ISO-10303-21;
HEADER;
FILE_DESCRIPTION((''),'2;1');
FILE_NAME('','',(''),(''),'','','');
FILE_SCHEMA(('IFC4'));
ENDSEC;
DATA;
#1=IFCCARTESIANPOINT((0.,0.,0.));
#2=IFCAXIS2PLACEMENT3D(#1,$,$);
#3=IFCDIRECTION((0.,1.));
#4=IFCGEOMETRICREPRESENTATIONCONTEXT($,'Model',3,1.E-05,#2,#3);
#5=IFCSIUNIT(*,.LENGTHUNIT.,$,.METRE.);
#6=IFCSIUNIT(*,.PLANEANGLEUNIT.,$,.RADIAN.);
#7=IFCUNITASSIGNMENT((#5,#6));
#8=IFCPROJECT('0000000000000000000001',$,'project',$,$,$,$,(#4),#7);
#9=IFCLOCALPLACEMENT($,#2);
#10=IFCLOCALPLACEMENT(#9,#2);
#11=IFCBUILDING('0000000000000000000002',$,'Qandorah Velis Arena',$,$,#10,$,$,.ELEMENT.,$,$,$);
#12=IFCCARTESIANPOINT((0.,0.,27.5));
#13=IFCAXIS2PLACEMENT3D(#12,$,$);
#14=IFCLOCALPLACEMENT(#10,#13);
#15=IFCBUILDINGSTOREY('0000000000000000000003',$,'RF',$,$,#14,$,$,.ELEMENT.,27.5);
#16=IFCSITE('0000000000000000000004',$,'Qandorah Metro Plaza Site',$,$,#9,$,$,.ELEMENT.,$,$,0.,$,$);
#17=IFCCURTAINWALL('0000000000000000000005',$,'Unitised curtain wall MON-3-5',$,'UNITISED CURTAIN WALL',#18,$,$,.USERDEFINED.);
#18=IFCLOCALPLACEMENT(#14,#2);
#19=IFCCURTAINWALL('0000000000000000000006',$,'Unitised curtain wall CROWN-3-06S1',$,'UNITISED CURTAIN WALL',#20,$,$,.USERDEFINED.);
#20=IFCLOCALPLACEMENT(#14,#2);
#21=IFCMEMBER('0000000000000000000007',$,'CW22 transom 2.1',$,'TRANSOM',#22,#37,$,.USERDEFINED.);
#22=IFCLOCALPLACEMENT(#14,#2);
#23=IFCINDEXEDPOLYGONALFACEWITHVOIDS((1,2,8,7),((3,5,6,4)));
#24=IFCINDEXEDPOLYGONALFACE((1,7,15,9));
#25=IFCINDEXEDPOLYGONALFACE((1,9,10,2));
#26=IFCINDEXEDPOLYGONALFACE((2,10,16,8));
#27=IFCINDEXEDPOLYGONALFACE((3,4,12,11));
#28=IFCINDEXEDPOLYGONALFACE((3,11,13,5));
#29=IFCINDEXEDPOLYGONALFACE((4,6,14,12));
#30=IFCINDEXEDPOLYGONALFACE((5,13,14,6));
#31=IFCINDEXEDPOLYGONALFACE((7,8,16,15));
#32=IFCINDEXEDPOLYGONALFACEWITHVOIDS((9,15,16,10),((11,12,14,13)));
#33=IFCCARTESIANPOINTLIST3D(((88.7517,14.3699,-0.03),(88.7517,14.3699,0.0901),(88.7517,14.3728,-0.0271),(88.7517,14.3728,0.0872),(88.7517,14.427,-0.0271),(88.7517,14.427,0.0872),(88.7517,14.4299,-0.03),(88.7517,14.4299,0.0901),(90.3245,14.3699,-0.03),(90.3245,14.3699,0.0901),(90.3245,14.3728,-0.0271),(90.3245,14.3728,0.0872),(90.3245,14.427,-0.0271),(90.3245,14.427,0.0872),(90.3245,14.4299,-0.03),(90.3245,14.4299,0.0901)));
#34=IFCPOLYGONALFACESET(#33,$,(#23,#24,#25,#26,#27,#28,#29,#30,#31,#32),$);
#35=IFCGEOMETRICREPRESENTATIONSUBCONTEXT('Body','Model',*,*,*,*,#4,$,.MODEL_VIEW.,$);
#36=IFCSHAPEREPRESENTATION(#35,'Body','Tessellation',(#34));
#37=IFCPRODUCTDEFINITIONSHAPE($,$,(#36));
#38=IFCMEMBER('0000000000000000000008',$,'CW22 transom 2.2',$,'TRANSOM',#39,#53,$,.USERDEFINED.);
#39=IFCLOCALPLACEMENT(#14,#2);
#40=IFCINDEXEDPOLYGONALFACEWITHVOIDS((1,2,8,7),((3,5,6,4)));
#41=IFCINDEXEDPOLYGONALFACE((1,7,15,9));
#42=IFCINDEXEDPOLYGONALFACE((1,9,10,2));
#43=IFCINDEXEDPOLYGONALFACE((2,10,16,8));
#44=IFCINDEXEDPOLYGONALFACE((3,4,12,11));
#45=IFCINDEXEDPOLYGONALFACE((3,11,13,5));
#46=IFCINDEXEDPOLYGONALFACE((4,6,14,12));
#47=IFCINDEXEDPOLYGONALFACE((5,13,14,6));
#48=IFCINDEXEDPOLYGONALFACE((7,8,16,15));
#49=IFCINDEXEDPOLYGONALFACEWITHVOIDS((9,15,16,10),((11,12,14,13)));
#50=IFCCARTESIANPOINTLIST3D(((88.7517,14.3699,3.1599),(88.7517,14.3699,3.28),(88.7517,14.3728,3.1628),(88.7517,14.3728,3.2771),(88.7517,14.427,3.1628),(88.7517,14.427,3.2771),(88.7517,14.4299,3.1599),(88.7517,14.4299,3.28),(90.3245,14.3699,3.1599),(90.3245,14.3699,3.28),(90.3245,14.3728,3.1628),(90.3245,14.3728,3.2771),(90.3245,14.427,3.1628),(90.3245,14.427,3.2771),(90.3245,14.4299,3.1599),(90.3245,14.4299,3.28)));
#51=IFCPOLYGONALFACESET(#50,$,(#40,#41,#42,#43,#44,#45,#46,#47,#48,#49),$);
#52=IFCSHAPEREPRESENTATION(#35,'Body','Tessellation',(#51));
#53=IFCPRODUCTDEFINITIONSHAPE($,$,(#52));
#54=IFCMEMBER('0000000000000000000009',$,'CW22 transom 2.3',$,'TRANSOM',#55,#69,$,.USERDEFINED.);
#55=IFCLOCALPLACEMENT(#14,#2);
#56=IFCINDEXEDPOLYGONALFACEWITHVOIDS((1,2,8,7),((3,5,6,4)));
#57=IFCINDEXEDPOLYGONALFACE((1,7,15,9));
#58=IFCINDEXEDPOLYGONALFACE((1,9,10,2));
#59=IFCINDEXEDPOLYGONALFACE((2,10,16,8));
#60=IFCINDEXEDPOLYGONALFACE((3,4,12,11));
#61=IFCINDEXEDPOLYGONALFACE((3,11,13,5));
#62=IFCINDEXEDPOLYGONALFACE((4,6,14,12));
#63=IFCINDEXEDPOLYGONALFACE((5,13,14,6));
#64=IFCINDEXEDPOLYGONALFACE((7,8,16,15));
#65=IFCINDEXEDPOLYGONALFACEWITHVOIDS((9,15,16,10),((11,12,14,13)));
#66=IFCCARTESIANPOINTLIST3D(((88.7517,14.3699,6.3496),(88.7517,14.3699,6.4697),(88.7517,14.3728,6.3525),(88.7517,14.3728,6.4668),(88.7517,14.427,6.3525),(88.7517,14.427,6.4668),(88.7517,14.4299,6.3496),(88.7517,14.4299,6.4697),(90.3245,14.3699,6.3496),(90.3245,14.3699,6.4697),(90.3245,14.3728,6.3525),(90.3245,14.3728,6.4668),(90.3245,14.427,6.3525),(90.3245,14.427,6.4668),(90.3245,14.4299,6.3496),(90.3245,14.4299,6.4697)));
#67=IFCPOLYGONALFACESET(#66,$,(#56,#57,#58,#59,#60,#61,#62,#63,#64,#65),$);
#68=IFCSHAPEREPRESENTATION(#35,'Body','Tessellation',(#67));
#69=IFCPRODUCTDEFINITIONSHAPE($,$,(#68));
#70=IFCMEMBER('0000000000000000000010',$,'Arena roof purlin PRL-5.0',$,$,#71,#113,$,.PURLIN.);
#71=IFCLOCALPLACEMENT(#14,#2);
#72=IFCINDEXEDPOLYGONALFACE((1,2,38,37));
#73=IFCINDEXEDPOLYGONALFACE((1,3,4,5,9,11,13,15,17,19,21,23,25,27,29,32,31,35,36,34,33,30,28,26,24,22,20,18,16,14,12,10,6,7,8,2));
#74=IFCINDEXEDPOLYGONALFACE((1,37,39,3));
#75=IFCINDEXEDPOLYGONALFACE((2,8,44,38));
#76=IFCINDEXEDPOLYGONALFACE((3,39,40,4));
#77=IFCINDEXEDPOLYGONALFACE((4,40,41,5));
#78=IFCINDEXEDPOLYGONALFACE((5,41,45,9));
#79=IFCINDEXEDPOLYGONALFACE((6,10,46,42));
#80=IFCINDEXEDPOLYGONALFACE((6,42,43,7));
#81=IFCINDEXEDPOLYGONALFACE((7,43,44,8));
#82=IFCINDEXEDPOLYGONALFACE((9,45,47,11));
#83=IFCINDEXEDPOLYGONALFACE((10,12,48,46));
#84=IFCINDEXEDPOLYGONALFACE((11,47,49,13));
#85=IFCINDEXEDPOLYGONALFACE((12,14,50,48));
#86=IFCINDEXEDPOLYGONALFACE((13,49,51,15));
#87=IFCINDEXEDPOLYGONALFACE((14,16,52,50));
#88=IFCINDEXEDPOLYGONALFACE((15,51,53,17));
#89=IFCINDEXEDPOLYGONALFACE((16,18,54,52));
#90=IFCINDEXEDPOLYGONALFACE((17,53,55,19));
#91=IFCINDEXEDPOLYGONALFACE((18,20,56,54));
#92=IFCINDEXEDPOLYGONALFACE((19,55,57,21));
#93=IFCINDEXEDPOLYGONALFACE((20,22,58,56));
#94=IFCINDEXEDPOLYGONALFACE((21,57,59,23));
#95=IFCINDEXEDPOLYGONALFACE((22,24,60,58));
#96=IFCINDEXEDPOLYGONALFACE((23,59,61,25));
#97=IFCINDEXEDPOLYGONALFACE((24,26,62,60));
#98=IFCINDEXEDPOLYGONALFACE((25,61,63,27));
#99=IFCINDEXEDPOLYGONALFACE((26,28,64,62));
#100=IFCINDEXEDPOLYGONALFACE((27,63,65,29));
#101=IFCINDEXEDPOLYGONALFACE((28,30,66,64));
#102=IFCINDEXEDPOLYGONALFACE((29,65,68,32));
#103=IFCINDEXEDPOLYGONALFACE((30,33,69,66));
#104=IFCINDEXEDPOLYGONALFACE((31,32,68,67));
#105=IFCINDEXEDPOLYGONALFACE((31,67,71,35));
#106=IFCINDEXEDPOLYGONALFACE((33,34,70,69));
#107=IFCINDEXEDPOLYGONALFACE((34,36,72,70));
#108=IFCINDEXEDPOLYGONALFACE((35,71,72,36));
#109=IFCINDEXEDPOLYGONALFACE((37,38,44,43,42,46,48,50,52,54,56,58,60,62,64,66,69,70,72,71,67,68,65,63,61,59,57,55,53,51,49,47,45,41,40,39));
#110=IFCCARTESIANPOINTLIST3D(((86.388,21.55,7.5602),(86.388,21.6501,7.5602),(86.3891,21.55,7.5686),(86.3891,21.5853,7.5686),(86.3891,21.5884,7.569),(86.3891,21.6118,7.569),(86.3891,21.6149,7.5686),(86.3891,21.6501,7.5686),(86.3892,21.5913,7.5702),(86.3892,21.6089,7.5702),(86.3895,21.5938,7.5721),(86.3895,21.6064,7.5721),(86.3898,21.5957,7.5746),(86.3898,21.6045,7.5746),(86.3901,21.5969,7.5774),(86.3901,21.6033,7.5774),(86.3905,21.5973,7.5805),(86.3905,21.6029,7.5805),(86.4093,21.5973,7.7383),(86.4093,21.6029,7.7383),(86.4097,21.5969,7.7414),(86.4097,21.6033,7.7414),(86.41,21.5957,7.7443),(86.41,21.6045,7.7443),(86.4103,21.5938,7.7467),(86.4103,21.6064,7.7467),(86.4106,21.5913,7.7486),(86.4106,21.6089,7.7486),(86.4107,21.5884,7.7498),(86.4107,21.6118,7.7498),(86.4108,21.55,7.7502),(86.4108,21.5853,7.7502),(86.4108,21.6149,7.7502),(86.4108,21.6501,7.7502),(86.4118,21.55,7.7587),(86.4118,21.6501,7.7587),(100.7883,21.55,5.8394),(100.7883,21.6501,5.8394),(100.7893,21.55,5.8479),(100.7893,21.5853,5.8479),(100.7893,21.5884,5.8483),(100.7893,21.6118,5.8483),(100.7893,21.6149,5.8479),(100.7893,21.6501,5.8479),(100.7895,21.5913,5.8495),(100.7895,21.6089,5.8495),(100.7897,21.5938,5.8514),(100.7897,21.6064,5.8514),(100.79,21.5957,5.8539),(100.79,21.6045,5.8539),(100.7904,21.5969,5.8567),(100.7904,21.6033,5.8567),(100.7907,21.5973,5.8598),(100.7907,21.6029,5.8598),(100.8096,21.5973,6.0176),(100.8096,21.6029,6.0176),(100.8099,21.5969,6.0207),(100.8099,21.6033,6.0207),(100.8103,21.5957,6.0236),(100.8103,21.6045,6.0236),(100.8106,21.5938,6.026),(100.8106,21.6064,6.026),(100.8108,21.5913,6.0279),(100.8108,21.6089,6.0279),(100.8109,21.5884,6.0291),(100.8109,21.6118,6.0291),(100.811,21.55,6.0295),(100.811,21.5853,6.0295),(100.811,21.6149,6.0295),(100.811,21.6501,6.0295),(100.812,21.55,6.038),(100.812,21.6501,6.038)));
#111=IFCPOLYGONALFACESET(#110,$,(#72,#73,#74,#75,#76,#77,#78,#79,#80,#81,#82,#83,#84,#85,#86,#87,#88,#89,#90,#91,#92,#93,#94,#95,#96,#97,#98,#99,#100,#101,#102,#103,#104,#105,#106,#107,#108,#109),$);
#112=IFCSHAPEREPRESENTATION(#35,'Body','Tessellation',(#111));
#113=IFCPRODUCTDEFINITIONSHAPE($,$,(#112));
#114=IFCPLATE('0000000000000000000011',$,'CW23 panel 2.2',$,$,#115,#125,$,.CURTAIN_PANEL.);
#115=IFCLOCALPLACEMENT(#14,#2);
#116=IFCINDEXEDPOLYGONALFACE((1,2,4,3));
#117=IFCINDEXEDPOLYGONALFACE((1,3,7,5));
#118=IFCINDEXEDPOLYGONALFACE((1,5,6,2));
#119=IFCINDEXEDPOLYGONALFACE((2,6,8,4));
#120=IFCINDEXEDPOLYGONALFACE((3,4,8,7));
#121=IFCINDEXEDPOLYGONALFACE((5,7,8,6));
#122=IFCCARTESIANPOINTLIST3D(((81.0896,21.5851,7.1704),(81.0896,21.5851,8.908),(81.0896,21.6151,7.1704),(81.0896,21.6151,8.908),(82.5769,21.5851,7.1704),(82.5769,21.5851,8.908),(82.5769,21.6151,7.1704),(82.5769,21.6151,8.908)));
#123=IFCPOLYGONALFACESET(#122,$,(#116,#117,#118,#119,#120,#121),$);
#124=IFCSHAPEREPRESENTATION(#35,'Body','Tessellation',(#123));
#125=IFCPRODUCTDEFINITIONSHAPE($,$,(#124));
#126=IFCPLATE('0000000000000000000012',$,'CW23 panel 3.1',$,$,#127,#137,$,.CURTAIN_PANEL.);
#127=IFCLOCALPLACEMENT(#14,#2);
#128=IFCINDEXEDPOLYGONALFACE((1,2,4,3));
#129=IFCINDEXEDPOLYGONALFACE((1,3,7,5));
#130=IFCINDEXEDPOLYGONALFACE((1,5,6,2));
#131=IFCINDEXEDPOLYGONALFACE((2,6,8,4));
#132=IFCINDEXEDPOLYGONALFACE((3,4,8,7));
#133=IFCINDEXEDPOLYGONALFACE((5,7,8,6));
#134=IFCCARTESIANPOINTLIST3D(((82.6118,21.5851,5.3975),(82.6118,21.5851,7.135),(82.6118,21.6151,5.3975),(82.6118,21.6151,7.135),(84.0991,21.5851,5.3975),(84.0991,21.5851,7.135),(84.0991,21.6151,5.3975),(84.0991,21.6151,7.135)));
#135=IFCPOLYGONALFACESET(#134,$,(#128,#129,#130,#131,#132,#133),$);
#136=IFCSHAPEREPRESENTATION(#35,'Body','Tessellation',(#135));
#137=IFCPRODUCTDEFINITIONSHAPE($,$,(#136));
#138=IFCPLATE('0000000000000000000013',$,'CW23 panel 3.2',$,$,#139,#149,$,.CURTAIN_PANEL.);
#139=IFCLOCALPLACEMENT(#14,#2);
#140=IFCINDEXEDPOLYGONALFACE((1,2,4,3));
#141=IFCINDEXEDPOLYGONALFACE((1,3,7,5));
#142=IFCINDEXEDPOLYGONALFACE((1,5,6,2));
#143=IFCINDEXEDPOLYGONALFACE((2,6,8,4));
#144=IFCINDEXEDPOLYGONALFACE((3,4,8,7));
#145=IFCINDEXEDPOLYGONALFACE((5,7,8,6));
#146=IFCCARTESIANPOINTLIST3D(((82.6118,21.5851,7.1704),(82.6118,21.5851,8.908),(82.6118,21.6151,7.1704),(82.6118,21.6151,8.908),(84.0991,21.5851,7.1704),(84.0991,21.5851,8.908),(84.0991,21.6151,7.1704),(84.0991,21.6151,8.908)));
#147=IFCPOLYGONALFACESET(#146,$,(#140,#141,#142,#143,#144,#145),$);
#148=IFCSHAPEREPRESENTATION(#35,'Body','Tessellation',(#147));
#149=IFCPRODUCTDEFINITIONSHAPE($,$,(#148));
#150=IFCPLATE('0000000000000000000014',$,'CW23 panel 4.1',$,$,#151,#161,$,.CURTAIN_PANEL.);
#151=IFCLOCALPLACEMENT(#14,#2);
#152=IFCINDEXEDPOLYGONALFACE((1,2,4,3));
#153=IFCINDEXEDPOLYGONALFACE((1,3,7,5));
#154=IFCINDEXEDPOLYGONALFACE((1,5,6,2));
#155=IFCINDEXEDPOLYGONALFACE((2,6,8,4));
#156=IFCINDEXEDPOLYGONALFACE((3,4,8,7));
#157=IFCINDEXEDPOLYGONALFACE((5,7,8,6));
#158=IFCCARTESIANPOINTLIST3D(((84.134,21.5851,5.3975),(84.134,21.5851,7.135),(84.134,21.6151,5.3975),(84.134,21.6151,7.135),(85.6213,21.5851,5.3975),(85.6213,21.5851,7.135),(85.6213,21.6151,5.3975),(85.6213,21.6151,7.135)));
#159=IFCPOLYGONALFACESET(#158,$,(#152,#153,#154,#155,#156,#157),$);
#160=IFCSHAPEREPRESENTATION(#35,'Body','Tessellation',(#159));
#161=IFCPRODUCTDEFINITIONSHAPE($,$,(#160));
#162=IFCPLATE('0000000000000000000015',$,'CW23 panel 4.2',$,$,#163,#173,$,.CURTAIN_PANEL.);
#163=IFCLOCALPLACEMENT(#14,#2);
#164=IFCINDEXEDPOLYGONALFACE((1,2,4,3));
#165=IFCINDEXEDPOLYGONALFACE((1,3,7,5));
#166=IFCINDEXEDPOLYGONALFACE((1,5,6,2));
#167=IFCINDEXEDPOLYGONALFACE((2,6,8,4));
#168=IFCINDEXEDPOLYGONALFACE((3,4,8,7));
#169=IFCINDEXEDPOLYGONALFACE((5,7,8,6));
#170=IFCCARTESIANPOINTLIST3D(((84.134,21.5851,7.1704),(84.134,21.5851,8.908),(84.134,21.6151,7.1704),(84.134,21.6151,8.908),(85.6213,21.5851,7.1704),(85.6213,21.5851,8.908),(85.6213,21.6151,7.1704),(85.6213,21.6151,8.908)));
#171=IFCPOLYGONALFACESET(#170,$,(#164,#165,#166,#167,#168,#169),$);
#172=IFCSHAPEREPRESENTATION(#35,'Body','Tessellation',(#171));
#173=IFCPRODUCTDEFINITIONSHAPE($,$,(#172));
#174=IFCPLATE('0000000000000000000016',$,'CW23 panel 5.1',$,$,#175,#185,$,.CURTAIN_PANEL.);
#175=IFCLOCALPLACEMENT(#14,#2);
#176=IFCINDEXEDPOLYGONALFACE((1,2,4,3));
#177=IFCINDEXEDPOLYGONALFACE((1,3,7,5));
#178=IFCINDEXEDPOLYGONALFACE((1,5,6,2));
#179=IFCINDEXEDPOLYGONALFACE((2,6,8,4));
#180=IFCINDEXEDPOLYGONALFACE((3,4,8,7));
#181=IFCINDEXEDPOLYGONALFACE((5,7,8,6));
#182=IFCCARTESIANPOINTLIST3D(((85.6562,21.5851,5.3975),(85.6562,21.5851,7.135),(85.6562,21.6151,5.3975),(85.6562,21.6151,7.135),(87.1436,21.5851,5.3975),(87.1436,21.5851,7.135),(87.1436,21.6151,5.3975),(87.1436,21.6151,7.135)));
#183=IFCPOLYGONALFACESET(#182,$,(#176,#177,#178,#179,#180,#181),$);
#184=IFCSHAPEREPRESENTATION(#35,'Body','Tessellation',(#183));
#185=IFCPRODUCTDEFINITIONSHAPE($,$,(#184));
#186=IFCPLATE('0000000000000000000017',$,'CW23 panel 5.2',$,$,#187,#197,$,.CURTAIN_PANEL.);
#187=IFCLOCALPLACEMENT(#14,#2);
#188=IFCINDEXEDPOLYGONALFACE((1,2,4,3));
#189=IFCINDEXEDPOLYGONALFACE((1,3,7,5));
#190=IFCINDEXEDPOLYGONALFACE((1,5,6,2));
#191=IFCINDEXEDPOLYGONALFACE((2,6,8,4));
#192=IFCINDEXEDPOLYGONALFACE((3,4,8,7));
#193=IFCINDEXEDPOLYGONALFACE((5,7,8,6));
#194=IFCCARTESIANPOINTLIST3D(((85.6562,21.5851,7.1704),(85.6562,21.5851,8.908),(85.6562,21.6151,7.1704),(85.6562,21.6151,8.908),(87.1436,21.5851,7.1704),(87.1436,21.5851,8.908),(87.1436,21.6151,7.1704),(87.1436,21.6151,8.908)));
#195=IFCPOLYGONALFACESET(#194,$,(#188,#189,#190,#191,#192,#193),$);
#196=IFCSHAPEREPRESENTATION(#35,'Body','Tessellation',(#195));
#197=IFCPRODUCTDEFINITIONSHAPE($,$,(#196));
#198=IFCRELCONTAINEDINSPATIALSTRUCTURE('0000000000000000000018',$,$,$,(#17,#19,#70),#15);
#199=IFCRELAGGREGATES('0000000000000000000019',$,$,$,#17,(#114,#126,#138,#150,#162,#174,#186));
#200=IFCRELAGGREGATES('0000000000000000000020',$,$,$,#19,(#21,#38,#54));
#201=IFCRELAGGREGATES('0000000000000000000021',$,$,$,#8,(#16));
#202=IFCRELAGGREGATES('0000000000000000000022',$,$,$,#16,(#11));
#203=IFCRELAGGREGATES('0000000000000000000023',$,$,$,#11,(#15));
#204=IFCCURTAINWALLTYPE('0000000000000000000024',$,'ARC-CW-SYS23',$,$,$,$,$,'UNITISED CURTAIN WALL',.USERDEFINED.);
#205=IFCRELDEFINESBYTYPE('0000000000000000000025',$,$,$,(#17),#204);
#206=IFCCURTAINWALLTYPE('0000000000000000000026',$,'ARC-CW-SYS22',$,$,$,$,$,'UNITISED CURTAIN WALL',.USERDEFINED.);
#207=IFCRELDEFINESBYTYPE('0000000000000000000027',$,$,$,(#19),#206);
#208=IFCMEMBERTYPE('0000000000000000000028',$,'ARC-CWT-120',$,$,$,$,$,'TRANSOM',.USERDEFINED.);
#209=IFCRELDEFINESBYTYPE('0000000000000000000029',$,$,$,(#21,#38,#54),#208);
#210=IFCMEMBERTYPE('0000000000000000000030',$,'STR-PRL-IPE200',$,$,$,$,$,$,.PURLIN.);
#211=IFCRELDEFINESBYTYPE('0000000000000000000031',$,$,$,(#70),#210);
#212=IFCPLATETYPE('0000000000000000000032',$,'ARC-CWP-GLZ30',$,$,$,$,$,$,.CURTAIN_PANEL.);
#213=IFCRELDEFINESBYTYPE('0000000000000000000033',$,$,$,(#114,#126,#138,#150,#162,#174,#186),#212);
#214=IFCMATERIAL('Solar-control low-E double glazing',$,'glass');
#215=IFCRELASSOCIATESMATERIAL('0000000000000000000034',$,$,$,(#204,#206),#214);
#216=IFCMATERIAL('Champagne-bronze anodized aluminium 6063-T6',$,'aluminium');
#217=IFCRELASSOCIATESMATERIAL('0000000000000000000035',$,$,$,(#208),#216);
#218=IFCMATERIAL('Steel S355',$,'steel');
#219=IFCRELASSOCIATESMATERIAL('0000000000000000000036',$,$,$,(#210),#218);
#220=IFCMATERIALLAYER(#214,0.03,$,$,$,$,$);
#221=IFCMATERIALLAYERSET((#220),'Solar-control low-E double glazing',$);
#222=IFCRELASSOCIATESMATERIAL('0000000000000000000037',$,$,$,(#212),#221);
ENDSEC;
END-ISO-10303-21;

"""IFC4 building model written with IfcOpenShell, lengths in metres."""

from ifc_helpers import new_model, si_unit, direction, frame, origin, origin_2d, place, context, subcontext, project, spatial, rectangle, hollow_rectangle, i_section, extrude, material, layer, layer_set, material_profile, profile_set, type_object, element, aggregate, save


model = new_model("IFC4")

# Units and contexts
model_context = context("Model", 3, precision=1e-05, world=origin(), true_north=direction((0.0, 1.0)))
body_context = subcontext(model_context, "Body", "Model", "MODEL_VIEW")
ifc_project = project(units=[si_unit("LENGTHUNIT", "METRE"), si_unit("PLANEANGLEUNIT", "RADIAN")], contexts=[model_context])

# Site, building, storey
site_placement = place(None, origin())
site = spatial("IfcSite", under=ifc_project, at=site_placement, Name="Qandorah Metro Plaza Site", CompositionType="ELEMENT", RefElevation=0.0)
building_placement = place(site_placement, origin())
building = spatial("IfcBuilding", under=site, at=building_placement, Name="Qandorah Velis Arena", CompositionType="ELEMENT")
storey_placement = place(building_placement, frame((0.0, 0.0, 27.5)))
storey = spatial("IfcBuildingStorey", under=building, at=storey_placement, Name="RF", CompositionType="ELEMENT", Elevation=27.5)

# Curtain wall
ifc_material_1 = material(Name="Solar-control low-E double glazing", Category="glass")
curtain_wall_type_1 = type_object("IfcCurtainWallType", Name="ARC-CW-SYS23", ElementType="UNITISED CURTAIN WALL", PredefinedType="USERDEFINED", material=ifc_material_1)
curtain_wall_1_placement = place(storey_placement, origin())
curtain_wall_1 = element("IfcCurtainWall", 1, at=curtain_wall_1_placement, inside=storey, type_object=curtain_wall_type_1, Name="Unitised curtain wall MON-3-5", ObjectType="UNITISED CURTAIN WALL", PredefinedType="USERDEFINED")
ifc_material_2 = material(Name="Champagne-bronze anodized aluminium 6063-T6", Category="aluminium")

# Curtain wall
curtain_wall_type_2 = type_object("IfcCurtainWallType", Name="ARC-CW-SYS22", ElementType="UNITISED CURTAIN WALL", PredefinedType="USERDEFINED", material=ifc_material_1)
curtain_wall_2_placement = place(storey_placement, origin())
curtain_wall_2 = element("IfcCurtainWall", 2, at=curtain_wall_2_placement, inside=storey, type_object=curtain_wall_type_2, Name="Unitised curtain wall CROWN-3-06S1", ObjectType="UNITISED CURTAIN WALL", PredefinedType="USERDEFINED")

# Members
ifc_material_profile_1 = material_profile(ifc_material_2, hollow_rectangle(XDim=0.0601, YDim=0.1201, WallThickness=0.0029, at=origin_2d()), Name="ALU TRANSOM 60x120")
ifc_profile_set_1 = profile_set([ifc_material_profile_1], Name="Champagne-bronze anodized aluminium 6063-T6")
member_type_1 = type_object("IfcMemberType", Name="ARC-CWT-120", ElementType="TRANSOM", PredefinedType="USERDEFINED", material=ifc_profile_set_1)
member_1_placement = place(storey_placement, frame((88.7517, 14.3999, 0.03), z_axis=(1.0, 0.0, 0.0), x_axis=(0.0, 1.0, 0.0)))
member_1 = element("IfcMember", 3, at=member_1_placement, type_object=member_type_1, Name="CW22 transom 2.1", ObjectType="TRANSOM", PredefinedType="USERDEFINED", context=body_context, shape_type="SweptSolid", body=[
    extrude(hollow_rectangle(XDim=0.0601, YDim=0.1201, WallThickness=0.0029, at=origin_2d()), origin(), (0.0, 0.0, 1.0), 1.5728),
])
member_2_placement = place(storey_placement, frame((88.7517, 14.3999, 3.22), z_axis=(1.0, 0.0, 0.0), x_axis=(0.0, 1.0, 0.0)))
member_2 = element("IfcMember", 4, at=member_2_placement, type_object=member_type_1, Name="CW22 transom 2.2", ObjectType="TRANSOM", PredefinedType="USERDEFINED", context=body_context, shape_type="SweptSolid", body=[
    extrude(hollow_rectangle(XDim=0.0601, YDim=0.1201, WallThickness=0.0029, at=origin_2d()), origin(), (0.0, 0.0, 1.0), 1.5728),
])
member_3_placement = place(storey_placement, frame((88.7517, 14.3999, 6.4097), z_axis=(1.0, 0.0, 0.0), x_axis=(0.0, 1.0, 0.0)))
member_3 = element("IfcMember", 5, at=member_3_placement, type_object=member_type_1, Name="CW22 transom 2.3", ObjectType="TRANSOM", PredefinedType="USERDEFINED", context=body_context, shape_type="SweptSolid", body=[
    extrude(hollow_rectangle(XDim=0.0601, YDim=0.1201, WallThickness=0.0029, at=origin_2d()), origin(), (0.0, 0.0, 1.0), 1.5728),
])
ifc_material_3 = material(Name="Steel S355", Category="steel")
ifc_material_profile_2 = material_profile(ifc_material_3, i_section(OverallWidth=0.1001, OverallDepth=0.2, WebThickness=0.0056, FlangeThickness=0.0085, FilletRadius=0.012, at=origin_2d()), Name="IPE 200")
ifc_profile_set_2 = profile_set([ifc_material_profile_2], Name="Steel S355")
member_type_2 = type_object("IfcMemberType", Name="STR-PRL-IPE200", PredefinedType="PURLIN", material=ifc_profile_set_2)
member_4_placement = place(storey_placement, frame((86.3999, 21.6001, 7.6594), z_axis=(0.992936, 0.0, -0.118648), x_axis=(0.0, 1.0, 0.0)))
element("IfcMember", 6, at=member_4_placement, inside=storey, type_object=member_type_2, Name="Arena roof purlin PRL-5.0", PredefinedType="PURLIN", context=body_context, shape_type="SweptSolid", body=[
    extrude(i_section(OverallWidth=0.1001, OverallDepth=0.2, WebThickness=0.0056, FlangeThickness=0.0085, FilletRadius=0.012, at=origin_2d()), origin(), (0.0, 0.0, 1.0), 14.5027),
])

# Plates
ifc_layer_1 = layer(ifc_material_1, 0.03)
ifc_layer_set_1 = layer_set([ifc_layer_1], Name="Solar-control low-E double glazing")
plate_type_1 = type_object("IfcPlateType", Name="ARC-CWP-GLZ30", PredefinedType="CURTAIN_PANEL", material=ifc_layer_set_1)
plate_1_placement = place(storey_placement, frame((81.8333, 21.6001, 7.1704), z_axis=(0.0, 0.0, 1.0), x_axis=(1.0, 0.0, 0.0)))
plate_1 = element("IfcPlate", 7, at=plate_1_placement, type_object=plate_type_1, Name="CW23 panel 2.2", PredefinedType="CURTAIN_PANEL", context=body_context, shape_type="SweptSolid", body=[
    extrude(rectangle(XDim=1.4873, YDim=0.03, at=origin_2d()), origin(), (0.0, 0.0, 1.0), 1.7375),
])
plate_2_placement = place(storey_placement, frame((83.3555, 21.6001, 5.3975), z_axis=(0.0, 0.0, 1.0), x_axis=(1.0, 0.0, 0.0)))
plate_2 = element("IfcPlate", 8, at=plate_2_placement, type_object=plate_type_1, Name="CW23 panel 3.1", PredefinedType="CURTAIN_PANEL", context=body_context, shape_type="SweptSolid", body=[
    extrude(rectangle(XDim=1.4873, YDim=0.03, at=origin_2d()), origin(), (0.0, 0.0, 1.0), 1.7375),
])
plate_3_placement = place(storey_placement, frame((83.3555, 21.6001, 7.1704), z_axis=(0.0, 0.0, 1.0), x_axis=(1.0, 0.0, 0.0)))
plate_3 = element("IfcPlate", 9, at=plate_3_placement, type_object=plate_type_1, Name="CW23 panel 3.2", PredefinedType="CURTAIN_PANEL", context=body_context, shape_type="SweptSolid", body=[
    extrude(rectangle(XDim=1.4873, YDim=0.03, at=origin_2d()), origin(), (0.0, 0.0, 1.0), 1.7375),
])
plate_4_placement = place(storey_placement, frame((84.8777, 21.6001, 5.3975), z_axis=(0.0, 0.0, 1.0), x_axis=(1.0, 0.0, 0.0)))
plate_4 = element("IfcPlate", 10, at=plate_4_placement, type_object=plate_type_1, Name="CW23 panel 4.1", PredefinedType="CURTAIN_PANEL", context=body_context, shape_type="SweptSolid", body=[
    extrude(rectangle(XDim=1.4873, YDim=0.03, at=origin_2d()), origin(), (0.0, 0.0, 1.0), 1.7375),
])
plate_5_placement = place(storey_placement, frame((84.8777, 21.6001, 7.1704), z_axis=(0.0, 0.0, 1.0), x_axis=(1.0, 0.0, 0.0)))
plate_5 = element("IfcPlate", 11, at=plate_5_placement, type_object=plate_type_1, Name="CW23 panel 4.2", PredefinedType="CURTAIN_PANEL", context=body_context, shape_type="SweptSolid", body=[
    extrude(rectangle(XDim=1.4873, YDim=0.03, at=origin_2d()), origin(), (0.0, 0.0, 1.0), 1.7375),
])
plate_6_placement = place(storey_placement, frame((86.3999, 21.6001, 5.3975), z_axis=(0.0, 0.0, 1.0), x_axis=(1.0, 0.0, 0.0)))
plate_6 = element("IfcPlate", 12, at=plate_6_placement, type_object=plate_type_1, Name="CW23 panel 5.1", PredefinedType="CURTAIN_PANEL", context=body_context, shape_type="SweptSolid", body=[
    extrude(rectangle(XDim=1.4873, YDim=0.03, at=origin_2d()), origin(), (0.0, 0.0, 1.0), 1.7375),
])
plate_7_placement = place(storey_placement, frame((86.3999, 21.6001, 7.1704), z_axis=(0.0, 0.0, 1.0), x_axis=(1.0, 0.0, 0.0)))
plate_7 = element("IfcPlate", 13, at=plate_7_placement, type_object=plate_type_1, Name="CW23 panel 5.2", PredefinedType="CURTAIN_PANEL", context=body_context, shape_type="SweptSolid", body=[
    extrude(rectangle(XDim=1.4873, YDim=0.03, at=origin_2d()), origin(), (0.0, 0.0, 1.0), 1.7375),
])
aggregate(curtain_wall_1, [plate_1, plate_2, plate_3, plate_4, plate_5, plate_6, plate_7])
aggregate(curtain_wall_2, [member_1, member_2, member_3])

save(model, "model.ifc")
